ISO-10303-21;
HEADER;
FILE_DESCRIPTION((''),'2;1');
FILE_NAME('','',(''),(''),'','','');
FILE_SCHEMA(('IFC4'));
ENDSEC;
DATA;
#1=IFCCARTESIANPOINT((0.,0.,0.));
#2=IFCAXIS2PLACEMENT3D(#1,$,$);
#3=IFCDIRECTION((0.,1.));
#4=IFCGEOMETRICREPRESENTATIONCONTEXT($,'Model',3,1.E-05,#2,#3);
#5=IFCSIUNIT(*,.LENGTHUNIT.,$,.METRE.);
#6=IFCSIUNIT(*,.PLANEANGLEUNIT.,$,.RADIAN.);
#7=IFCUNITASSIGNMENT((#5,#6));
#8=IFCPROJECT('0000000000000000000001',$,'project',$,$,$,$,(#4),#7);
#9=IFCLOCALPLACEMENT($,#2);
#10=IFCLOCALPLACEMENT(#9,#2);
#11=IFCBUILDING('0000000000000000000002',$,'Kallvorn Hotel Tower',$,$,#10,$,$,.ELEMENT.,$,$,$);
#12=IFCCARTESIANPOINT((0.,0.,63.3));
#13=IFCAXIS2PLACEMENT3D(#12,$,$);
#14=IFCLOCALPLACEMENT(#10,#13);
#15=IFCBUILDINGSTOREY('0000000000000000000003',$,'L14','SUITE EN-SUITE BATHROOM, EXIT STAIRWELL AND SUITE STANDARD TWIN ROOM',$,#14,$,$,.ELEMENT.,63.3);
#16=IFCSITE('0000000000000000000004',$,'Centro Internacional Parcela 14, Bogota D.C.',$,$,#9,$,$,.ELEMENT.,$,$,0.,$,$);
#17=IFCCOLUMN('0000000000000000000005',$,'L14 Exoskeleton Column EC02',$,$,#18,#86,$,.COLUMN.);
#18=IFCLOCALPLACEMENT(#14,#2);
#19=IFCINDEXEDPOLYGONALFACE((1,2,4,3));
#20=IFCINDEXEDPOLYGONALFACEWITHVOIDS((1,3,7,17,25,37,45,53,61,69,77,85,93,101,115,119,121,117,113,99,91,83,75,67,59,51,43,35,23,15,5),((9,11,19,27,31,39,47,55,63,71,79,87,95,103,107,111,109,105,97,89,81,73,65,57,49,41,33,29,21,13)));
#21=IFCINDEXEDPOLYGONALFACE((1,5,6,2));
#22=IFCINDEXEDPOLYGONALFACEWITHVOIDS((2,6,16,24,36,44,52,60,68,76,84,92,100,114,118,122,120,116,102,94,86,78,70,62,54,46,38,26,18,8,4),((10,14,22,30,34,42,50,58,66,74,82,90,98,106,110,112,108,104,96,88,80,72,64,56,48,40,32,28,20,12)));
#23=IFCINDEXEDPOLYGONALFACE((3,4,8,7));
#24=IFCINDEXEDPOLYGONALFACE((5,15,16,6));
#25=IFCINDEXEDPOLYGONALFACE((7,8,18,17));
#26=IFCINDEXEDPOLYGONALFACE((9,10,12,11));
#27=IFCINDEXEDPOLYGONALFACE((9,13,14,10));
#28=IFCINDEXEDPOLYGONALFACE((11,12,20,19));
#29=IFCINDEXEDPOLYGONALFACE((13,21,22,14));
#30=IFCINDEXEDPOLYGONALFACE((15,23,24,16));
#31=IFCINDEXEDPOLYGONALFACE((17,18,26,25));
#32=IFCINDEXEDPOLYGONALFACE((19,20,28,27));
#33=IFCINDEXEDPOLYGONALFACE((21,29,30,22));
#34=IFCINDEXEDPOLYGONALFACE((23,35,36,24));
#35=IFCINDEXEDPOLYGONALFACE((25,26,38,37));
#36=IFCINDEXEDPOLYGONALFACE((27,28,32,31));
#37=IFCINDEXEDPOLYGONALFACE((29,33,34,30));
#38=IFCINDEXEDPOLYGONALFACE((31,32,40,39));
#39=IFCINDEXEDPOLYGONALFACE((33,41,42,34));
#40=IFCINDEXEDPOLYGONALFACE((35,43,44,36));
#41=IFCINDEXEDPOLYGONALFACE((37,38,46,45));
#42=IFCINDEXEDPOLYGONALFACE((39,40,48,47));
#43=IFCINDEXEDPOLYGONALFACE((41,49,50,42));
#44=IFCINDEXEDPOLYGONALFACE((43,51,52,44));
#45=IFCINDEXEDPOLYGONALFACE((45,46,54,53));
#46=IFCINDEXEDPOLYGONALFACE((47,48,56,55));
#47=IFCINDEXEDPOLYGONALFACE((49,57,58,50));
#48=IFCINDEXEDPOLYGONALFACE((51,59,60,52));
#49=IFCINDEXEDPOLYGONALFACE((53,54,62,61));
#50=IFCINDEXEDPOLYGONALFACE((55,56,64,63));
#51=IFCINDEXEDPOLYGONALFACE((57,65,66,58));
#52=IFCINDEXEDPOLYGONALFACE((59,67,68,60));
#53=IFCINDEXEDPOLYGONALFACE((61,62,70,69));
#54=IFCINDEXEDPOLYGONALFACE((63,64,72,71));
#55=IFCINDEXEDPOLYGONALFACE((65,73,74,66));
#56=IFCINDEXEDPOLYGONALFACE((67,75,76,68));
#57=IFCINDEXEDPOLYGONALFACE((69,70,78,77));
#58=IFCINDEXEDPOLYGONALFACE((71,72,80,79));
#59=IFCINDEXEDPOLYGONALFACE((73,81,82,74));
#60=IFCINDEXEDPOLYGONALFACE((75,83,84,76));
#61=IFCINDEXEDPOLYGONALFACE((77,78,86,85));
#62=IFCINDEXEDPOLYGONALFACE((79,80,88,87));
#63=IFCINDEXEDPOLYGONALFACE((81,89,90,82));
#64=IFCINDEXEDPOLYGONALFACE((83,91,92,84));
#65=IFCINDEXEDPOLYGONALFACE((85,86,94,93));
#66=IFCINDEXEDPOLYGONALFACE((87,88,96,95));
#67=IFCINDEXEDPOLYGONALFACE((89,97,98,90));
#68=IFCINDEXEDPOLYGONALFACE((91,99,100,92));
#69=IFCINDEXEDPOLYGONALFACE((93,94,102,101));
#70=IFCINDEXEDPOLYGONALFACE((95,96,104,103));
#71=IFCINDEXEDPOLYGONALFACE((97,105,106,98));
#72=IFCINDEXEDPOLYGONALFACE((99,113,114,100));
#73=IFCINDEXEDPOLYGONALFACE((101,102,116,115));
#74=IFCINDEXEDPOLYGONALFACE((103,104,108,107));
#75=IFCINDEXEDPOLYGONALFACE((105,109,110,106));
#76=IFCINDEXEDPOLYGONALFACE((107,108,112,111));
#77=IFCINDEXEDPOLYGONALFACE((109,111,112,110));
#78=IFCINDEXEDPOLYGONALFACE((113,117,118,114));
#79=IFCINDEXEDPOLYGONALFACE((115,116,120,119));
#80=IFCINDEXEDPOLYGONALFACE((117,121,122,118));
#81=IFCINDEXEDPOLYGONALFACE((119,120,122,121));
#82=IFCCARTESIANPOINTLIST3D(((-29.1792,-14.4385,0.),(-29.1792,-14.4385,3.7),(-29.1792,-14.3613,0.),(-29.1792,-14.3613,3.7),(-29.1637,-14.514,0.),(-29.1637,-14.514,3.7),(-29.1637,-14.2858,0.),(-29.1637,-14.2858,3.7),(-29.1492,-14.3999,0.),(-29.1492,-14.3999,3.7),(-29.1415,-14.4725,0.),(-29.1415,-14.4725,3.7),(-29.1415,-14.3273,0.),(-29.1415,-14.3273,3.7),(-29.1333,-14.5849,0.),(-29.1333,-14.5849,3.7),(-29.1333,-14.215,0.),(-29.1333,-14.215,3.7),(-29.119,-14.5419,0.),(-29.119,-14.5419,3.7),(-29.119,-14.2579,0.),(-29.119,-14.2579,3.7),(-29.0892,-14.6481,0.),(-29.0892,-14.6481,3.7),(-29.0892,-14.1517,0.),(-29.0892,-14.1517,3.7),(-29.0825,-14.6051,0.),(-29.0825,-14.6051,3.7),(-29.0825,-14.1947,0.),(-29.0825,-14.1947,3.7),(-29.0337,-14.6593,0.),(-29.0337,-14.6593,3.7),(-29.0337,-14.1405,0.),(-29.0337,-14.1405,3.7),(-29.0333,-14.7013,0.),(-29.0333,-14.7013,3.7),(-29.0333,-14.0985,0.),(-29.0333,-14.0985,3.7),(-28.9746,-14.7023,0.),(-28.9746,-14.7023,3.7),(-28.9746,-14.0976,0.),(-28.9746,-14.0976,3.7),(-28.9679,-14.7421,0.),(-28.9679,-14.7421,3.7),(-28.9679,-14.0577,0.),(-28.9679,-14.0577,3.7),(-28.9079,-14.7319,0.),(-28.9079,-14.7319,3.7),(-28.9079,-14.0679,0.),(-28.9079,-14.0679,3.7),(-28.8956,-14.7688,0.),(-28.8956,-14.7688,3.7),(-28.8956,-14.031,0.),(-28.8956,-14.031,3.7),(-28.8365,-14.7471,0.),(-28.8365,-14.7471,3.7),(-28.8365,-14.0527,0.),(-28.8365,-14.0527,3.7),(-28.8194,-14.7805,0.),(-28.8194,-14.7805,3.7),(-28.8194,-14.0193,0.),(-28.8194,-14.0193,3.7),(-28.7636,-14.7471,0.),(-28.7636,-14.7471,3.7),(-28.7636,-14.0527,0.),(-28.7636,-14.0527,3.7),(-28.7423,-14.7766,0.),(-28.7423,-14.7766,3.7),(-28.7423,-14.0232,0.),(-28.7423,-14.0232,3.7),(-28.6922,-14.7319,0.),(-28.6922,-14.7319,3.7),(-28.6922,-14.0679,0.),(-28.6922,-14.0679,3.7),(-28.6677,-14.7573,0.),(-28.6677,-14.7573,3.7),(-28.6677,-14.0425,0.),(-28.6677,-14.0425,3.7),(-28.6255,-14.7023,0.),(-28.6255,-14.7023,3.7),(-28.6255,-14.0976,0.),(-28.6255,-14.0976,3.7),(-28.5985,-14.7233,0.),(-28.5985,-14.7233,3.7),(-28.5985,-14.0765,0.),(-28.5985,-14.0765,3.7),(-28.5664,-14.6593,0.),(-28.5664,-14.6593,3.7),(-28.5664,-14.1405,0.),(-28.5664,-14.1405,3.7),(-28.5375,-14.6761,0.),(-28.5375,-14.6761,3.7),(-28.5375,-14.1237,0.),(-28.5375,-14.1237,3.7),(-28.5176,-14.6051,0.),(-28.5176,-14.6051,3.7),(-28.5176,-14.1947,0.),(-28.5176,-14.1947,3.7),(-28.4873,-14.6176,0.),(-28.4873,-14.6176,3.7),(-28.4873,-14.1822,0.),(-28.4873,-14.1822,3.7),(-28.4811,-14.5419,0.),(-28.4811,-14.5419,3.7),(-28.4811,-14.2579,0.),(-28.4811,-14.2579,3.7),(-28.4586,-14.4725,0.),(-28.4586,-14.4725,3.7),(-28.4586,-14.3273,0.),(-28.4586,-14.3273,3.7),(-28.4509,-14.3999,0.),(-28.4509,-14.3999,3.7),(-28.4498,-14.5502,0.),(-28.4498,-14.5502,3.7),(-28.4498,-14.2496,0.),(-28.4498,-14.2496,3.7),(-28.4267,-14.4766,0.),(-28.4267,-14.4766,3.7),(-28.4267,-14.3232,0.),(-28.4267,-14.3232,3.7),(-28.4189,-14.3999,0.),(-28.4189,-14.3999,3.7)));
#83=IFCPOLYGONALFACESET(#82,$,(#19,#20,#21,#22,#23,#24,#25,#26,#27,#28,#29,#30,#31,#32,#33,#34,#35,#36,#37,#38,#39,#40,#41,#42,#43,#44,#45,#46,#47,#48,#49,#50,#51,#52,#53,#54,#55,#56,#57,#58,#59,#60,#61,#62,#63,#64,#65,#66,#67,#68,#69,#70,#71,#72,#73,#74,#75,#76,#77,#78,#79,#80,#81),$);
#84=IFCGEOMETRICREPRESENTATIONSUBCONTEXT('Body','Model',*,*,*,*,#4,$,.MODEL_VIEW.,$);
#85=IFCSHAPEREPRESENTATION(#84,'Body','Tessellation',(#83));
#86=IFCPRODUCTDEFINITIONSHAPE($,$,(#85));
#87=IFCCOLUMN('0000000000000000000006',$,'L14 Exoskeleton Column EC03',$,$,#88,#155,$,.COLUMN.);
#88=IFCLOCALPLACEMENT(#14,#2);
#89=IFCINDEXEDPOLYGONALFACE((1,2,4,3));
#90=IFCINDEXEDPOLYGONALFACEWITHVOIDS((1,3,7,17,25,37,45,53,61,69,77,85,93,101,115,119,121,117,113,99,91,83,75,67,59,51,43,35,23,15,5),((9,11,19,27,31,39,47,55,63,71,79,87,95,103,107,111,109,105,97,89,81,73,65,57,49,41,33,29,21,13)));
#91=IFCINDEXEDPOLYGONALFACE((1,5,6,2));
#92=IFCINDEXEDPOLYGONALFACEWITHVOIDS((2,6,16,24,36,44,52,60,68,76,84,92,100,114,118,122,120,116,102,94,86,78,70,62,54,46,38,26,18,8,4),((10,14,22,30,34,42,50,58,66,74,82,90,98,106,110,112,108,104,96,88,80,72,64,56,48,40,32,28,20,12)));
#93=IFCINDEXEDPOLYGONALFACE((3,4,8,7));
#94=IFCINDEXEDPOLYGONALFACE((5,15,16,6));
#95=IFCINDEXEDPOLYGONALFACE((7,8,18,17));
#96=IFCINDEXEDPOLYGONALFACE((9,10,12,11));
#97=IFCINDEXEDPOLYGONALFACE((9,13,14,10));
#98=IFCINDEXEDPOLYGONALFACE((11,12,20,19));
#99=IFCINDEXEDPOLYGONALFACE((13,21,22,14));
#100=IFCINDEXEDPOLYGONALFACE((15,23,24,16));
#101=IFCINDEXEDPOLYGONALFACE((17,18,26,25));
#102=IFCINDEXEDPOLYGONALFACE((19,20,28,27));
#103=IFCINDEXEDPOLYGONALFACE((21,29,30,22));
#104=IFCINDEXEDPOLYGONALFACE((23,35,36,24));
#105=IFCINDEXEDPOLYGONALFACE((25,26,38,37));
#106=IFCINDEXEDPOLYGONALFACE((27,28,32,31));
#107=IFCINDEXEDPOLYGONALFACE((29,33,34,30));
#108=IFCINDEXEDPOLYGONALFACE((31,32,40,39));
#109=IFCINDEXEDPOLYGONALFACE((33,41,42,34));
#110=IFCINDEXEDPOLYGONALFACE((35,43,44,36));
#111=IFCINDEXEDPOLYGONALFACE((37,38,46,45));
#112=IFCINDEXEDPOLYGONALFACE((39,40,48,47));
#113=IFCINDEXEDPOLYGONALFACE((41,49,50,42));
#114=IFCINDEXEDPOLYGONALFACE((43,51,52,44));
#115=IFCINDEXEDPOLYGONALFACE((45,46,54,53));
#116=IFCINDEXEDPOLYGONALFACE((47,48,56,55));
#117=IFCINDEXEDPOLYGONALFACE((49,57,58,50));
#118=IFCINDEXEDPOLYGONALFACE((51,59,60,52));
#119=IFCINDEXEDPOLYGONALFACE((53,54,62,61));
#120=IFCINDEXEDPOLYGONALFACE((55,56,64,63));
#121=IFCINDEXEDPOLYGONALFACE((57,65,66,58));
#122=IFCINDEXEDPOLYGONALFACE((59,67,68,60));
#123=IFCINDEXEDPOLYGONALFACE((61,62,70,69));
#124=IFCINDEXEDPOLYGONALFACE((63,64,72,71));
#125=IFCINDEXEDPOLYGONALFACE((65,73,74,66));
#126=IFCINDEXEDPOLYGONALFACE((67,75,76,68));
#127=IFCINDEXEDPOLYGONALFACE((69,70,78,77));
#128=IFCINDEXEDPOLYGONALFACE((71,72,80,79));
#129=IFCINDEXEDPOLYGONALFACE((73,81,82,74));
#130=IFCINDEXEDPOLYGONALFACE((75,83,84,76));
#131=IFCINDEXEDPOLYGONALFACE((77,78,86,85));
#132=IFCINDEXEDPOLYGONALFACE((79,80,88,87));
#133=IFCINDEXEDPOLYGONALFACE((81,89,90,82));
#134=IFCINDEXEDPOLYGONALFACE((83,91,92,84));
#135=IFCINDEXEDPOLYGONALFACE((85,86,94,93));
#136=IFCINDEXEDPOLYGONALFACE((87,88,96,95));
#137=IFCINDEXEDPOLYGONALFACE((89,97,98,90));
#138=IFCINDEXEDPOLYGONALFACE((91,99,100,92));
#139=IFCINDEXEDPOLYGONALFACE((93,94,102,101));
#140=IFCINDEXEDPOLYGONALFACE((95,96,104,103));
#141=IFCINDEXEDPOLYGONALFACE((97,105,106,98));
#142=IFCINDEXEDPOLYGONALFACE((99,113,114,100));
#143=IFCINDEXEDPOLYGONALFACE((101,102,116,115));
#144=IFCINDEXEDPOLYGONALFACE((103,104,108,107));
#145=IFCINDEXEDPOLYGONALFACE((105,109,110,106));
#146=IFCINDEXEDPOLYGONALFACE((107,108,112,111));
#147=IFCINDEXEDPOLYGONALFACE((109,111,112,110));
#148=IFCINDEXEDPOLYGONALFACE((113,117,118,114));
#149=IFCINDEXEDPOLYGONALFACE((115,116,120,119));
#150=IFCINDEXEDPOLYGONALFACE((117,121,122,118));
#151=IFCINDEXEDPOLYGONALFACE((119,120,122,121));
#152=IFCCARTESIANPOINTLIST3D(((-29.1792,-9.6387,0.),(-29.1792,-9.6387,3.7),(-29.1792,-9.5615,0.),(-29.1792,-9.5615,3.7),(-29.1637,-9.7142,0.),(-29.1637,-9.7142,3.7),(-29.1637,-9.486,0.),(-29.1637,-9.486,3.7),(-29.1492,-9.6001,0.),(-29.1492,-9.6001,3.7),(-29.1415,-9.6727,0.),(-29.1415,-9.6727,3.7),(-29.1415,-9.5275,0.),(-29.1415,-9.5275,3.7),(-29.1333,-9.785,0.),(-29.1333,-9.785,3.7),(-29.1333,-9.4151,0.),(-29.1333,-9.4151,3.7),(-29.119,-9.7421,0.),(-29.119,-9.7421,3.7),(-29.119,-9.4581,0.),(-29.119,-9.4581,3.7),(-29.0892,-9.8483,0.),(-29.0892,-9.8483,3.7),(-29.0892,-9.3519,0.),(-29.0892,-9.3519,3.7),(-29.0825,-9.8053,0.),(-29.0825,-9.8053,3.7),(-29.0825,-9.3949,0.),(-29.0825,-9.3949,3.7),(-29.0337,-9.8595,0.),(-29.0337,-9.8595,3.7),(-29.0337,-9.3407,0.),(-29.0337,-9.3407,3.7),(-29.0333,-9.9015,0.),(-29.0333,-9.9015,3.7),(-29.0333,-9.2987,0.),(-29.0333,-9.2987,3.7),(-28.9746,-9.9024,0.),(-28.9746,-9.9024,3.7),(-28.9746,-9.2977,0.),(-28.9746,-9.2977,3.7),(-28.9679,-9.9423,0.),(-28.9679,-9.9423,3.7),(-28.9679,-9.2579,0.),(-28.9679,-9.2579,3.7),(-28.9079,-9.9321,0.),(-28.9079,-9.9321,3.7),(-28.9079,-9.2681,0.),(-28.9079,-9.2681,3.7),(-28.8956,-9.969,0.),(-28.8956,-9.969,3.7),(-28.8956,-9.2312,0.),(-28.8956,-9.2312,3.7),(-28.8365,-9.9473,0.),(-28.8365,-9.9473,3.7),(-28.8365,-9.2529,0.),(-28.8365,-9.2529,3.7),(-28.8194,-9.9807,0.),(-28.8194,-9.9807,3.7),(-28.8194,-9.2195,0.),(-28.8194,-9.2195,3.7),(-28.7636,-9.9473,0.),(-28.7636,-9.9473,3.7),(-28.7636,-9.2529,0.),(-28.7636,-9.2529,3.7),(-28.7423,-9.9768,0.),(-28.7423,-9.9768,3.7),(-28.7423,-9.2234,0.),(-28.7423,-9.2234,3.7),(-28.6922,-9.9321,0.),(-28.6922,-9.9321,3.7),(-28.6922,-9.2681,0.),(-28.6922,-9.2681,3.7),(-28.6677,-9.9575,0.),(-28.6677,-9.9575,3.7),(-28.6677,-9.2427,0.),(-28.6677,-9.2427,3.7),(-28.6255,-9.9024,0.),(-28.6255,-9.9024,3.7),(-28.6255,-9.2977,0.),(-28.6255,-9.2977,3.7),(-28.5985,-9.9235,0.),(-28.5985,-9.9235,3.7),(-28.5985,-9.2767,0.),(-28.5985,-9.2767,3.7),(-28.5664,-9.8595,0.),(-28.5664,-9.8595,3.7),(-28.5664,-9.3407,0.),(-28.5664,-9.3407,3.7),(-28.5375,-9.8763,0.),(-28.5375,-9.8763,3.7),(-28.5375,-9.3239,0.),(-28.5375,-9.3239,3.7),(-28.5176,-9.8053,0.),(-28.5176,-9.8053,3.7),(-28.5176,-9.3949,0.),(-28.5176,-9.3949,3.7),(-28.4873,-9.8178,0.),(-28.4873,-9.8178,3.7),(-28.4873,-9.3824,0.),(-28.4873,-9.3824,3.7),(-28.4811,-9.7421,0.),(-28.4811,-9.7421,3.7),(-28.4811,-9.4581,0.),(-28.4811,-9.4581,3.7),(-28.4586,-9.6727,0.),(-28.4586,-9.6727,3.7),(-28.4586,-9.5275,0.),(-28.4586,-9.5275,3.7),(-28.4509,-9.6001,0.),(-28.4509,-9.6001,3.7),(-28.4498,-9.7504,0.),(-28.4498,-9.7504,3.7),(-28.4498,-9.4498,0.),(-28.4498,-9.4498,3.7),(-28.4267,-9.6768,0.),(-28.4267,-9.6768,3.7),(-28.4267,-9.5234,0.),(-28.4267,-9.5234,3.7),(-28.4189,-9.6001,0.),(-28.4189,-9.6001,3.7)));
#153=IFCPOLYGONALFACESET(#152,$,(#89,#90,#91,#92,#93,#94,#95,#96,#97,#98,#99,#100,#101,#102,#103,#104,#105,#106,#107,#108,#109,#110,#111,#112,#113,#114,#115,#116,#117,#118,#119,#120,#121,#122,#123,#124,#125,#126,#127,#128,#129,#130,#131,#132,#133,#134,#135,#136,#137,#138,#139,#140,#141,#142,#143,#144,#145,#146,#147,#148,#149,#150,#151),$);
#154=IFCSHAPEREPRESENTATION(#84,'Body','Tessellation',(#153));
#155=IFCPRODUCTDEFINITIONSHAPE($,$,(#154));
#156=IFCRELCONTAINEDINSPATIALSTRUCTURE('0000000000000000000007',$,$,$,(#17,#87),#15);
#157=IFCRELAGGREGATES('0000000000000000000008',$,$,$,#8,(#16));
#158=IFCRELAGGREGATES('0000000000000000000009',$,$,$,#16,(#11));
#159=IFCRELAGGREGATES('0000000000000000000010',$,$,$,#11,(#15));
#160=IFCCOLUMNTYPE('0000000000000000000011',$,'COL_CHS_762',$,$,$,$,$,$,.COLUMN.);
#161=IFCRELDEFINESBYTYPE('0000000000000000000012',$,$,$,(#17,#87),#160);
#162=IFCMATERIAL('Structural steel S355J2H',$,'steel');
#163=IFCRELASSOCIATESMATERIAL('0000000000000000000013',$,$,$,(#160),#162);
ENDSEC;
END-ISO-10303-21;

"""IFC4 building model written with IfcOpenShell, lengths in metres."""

from ifc_helpers import new_model, si_unit, direction, frame, origin, origin_2d, place, context, subcontext, project, spatial, hollow_circle, extrude, material, material_profile, profile_set, type_object, element, save


model = new_model("IFC4")

# Units and contexts
model_context = context("Model", 3, precision=1e-05, world=origin(), true_north=direction((0.0, 1.0)))
body_context = subcontext(model_context, "Body", "Model", "MODEL_VIEW")
ifc_project = project(units=[si_unit("LENGTHUNIT", "METRE"), si_unit("PLANEANGLEUNIT", "RADIAN")], contexts=[model_context])

# Site, building, storey
site_placement = place(None, origin())
site = spatial("IfcSite", under=ifc_project, at=site_placement, Name="Centro Internacional Parcela 14, Bogota D.C.", CompositionType="ELEMENT", RefElevation=0.0)
building_placement = place(site_placement, origin())
building = spatial("IfcBuilding", under=site, at=building_placement, Name="Kallvorn Hotel Tower", CompositionType="ELEMENT")
storey_placement = place(building_placement, frame((0.0, 0.0, 63.3)))
storey = spatial("IfcBuildingStorey", under=building, at=storey_placement, Name="L14", Description="SUITE EN-SUITE BATHROOM, EXIT STAIRWELL AND SUITE STANDARD TWIN ROOM", CompositionType="ELEMENT", Elevation=63.3)

# Columns
ifc_material_1 = material(Name="Structural steel S355J2H", Category="steel")
ifc_material_profile_1 = material_profile(ifc_material_1, hollow_circle(Radius=0.3811, WallThickness=0.032, at=origin_2d()), Name="CHS 762x32")
ifc_profile_set_1 = profile_set([ifc_material_profile_1], Name="Structural steel S355J2H")
column_type_1 = type_object("IfcColumnType", Name="COL_CHS_762", PredefinedType="COLUMN", material=ifc_profile_set_1)
for number, where, z_axis, x_axis, name in (
    (1, (-28.8, -14.3999, 0.0), (0.0, 0.0, 1.0), (1.0, 0.0, 0.0), "L14 Exoskeleton Column EC02"),
    (2, (-28.8, -9.6001, 0.0), (0.0, 0.0, 1.0), (1.0, 0.0, 0.0), "L14 Exoskeleton Column EC03"),
):
    element("IfcColumn", number, at=place(storey_placement, frame(where, z_axis=z_axis, x_axis=x_axis)), inside=storey, type_object=column_type_1, Name=name, PredefinedType="COLUMN", context=body_context, shape_type="SweptSolid", body=[
        extrude(hollow_circle(Radius=0.3811, WallThickness=0.032, at=origin_2d()), origin(), (0.0, 0.0, 1.0), 3.7),
    ])

save(model, "model.ifc")
